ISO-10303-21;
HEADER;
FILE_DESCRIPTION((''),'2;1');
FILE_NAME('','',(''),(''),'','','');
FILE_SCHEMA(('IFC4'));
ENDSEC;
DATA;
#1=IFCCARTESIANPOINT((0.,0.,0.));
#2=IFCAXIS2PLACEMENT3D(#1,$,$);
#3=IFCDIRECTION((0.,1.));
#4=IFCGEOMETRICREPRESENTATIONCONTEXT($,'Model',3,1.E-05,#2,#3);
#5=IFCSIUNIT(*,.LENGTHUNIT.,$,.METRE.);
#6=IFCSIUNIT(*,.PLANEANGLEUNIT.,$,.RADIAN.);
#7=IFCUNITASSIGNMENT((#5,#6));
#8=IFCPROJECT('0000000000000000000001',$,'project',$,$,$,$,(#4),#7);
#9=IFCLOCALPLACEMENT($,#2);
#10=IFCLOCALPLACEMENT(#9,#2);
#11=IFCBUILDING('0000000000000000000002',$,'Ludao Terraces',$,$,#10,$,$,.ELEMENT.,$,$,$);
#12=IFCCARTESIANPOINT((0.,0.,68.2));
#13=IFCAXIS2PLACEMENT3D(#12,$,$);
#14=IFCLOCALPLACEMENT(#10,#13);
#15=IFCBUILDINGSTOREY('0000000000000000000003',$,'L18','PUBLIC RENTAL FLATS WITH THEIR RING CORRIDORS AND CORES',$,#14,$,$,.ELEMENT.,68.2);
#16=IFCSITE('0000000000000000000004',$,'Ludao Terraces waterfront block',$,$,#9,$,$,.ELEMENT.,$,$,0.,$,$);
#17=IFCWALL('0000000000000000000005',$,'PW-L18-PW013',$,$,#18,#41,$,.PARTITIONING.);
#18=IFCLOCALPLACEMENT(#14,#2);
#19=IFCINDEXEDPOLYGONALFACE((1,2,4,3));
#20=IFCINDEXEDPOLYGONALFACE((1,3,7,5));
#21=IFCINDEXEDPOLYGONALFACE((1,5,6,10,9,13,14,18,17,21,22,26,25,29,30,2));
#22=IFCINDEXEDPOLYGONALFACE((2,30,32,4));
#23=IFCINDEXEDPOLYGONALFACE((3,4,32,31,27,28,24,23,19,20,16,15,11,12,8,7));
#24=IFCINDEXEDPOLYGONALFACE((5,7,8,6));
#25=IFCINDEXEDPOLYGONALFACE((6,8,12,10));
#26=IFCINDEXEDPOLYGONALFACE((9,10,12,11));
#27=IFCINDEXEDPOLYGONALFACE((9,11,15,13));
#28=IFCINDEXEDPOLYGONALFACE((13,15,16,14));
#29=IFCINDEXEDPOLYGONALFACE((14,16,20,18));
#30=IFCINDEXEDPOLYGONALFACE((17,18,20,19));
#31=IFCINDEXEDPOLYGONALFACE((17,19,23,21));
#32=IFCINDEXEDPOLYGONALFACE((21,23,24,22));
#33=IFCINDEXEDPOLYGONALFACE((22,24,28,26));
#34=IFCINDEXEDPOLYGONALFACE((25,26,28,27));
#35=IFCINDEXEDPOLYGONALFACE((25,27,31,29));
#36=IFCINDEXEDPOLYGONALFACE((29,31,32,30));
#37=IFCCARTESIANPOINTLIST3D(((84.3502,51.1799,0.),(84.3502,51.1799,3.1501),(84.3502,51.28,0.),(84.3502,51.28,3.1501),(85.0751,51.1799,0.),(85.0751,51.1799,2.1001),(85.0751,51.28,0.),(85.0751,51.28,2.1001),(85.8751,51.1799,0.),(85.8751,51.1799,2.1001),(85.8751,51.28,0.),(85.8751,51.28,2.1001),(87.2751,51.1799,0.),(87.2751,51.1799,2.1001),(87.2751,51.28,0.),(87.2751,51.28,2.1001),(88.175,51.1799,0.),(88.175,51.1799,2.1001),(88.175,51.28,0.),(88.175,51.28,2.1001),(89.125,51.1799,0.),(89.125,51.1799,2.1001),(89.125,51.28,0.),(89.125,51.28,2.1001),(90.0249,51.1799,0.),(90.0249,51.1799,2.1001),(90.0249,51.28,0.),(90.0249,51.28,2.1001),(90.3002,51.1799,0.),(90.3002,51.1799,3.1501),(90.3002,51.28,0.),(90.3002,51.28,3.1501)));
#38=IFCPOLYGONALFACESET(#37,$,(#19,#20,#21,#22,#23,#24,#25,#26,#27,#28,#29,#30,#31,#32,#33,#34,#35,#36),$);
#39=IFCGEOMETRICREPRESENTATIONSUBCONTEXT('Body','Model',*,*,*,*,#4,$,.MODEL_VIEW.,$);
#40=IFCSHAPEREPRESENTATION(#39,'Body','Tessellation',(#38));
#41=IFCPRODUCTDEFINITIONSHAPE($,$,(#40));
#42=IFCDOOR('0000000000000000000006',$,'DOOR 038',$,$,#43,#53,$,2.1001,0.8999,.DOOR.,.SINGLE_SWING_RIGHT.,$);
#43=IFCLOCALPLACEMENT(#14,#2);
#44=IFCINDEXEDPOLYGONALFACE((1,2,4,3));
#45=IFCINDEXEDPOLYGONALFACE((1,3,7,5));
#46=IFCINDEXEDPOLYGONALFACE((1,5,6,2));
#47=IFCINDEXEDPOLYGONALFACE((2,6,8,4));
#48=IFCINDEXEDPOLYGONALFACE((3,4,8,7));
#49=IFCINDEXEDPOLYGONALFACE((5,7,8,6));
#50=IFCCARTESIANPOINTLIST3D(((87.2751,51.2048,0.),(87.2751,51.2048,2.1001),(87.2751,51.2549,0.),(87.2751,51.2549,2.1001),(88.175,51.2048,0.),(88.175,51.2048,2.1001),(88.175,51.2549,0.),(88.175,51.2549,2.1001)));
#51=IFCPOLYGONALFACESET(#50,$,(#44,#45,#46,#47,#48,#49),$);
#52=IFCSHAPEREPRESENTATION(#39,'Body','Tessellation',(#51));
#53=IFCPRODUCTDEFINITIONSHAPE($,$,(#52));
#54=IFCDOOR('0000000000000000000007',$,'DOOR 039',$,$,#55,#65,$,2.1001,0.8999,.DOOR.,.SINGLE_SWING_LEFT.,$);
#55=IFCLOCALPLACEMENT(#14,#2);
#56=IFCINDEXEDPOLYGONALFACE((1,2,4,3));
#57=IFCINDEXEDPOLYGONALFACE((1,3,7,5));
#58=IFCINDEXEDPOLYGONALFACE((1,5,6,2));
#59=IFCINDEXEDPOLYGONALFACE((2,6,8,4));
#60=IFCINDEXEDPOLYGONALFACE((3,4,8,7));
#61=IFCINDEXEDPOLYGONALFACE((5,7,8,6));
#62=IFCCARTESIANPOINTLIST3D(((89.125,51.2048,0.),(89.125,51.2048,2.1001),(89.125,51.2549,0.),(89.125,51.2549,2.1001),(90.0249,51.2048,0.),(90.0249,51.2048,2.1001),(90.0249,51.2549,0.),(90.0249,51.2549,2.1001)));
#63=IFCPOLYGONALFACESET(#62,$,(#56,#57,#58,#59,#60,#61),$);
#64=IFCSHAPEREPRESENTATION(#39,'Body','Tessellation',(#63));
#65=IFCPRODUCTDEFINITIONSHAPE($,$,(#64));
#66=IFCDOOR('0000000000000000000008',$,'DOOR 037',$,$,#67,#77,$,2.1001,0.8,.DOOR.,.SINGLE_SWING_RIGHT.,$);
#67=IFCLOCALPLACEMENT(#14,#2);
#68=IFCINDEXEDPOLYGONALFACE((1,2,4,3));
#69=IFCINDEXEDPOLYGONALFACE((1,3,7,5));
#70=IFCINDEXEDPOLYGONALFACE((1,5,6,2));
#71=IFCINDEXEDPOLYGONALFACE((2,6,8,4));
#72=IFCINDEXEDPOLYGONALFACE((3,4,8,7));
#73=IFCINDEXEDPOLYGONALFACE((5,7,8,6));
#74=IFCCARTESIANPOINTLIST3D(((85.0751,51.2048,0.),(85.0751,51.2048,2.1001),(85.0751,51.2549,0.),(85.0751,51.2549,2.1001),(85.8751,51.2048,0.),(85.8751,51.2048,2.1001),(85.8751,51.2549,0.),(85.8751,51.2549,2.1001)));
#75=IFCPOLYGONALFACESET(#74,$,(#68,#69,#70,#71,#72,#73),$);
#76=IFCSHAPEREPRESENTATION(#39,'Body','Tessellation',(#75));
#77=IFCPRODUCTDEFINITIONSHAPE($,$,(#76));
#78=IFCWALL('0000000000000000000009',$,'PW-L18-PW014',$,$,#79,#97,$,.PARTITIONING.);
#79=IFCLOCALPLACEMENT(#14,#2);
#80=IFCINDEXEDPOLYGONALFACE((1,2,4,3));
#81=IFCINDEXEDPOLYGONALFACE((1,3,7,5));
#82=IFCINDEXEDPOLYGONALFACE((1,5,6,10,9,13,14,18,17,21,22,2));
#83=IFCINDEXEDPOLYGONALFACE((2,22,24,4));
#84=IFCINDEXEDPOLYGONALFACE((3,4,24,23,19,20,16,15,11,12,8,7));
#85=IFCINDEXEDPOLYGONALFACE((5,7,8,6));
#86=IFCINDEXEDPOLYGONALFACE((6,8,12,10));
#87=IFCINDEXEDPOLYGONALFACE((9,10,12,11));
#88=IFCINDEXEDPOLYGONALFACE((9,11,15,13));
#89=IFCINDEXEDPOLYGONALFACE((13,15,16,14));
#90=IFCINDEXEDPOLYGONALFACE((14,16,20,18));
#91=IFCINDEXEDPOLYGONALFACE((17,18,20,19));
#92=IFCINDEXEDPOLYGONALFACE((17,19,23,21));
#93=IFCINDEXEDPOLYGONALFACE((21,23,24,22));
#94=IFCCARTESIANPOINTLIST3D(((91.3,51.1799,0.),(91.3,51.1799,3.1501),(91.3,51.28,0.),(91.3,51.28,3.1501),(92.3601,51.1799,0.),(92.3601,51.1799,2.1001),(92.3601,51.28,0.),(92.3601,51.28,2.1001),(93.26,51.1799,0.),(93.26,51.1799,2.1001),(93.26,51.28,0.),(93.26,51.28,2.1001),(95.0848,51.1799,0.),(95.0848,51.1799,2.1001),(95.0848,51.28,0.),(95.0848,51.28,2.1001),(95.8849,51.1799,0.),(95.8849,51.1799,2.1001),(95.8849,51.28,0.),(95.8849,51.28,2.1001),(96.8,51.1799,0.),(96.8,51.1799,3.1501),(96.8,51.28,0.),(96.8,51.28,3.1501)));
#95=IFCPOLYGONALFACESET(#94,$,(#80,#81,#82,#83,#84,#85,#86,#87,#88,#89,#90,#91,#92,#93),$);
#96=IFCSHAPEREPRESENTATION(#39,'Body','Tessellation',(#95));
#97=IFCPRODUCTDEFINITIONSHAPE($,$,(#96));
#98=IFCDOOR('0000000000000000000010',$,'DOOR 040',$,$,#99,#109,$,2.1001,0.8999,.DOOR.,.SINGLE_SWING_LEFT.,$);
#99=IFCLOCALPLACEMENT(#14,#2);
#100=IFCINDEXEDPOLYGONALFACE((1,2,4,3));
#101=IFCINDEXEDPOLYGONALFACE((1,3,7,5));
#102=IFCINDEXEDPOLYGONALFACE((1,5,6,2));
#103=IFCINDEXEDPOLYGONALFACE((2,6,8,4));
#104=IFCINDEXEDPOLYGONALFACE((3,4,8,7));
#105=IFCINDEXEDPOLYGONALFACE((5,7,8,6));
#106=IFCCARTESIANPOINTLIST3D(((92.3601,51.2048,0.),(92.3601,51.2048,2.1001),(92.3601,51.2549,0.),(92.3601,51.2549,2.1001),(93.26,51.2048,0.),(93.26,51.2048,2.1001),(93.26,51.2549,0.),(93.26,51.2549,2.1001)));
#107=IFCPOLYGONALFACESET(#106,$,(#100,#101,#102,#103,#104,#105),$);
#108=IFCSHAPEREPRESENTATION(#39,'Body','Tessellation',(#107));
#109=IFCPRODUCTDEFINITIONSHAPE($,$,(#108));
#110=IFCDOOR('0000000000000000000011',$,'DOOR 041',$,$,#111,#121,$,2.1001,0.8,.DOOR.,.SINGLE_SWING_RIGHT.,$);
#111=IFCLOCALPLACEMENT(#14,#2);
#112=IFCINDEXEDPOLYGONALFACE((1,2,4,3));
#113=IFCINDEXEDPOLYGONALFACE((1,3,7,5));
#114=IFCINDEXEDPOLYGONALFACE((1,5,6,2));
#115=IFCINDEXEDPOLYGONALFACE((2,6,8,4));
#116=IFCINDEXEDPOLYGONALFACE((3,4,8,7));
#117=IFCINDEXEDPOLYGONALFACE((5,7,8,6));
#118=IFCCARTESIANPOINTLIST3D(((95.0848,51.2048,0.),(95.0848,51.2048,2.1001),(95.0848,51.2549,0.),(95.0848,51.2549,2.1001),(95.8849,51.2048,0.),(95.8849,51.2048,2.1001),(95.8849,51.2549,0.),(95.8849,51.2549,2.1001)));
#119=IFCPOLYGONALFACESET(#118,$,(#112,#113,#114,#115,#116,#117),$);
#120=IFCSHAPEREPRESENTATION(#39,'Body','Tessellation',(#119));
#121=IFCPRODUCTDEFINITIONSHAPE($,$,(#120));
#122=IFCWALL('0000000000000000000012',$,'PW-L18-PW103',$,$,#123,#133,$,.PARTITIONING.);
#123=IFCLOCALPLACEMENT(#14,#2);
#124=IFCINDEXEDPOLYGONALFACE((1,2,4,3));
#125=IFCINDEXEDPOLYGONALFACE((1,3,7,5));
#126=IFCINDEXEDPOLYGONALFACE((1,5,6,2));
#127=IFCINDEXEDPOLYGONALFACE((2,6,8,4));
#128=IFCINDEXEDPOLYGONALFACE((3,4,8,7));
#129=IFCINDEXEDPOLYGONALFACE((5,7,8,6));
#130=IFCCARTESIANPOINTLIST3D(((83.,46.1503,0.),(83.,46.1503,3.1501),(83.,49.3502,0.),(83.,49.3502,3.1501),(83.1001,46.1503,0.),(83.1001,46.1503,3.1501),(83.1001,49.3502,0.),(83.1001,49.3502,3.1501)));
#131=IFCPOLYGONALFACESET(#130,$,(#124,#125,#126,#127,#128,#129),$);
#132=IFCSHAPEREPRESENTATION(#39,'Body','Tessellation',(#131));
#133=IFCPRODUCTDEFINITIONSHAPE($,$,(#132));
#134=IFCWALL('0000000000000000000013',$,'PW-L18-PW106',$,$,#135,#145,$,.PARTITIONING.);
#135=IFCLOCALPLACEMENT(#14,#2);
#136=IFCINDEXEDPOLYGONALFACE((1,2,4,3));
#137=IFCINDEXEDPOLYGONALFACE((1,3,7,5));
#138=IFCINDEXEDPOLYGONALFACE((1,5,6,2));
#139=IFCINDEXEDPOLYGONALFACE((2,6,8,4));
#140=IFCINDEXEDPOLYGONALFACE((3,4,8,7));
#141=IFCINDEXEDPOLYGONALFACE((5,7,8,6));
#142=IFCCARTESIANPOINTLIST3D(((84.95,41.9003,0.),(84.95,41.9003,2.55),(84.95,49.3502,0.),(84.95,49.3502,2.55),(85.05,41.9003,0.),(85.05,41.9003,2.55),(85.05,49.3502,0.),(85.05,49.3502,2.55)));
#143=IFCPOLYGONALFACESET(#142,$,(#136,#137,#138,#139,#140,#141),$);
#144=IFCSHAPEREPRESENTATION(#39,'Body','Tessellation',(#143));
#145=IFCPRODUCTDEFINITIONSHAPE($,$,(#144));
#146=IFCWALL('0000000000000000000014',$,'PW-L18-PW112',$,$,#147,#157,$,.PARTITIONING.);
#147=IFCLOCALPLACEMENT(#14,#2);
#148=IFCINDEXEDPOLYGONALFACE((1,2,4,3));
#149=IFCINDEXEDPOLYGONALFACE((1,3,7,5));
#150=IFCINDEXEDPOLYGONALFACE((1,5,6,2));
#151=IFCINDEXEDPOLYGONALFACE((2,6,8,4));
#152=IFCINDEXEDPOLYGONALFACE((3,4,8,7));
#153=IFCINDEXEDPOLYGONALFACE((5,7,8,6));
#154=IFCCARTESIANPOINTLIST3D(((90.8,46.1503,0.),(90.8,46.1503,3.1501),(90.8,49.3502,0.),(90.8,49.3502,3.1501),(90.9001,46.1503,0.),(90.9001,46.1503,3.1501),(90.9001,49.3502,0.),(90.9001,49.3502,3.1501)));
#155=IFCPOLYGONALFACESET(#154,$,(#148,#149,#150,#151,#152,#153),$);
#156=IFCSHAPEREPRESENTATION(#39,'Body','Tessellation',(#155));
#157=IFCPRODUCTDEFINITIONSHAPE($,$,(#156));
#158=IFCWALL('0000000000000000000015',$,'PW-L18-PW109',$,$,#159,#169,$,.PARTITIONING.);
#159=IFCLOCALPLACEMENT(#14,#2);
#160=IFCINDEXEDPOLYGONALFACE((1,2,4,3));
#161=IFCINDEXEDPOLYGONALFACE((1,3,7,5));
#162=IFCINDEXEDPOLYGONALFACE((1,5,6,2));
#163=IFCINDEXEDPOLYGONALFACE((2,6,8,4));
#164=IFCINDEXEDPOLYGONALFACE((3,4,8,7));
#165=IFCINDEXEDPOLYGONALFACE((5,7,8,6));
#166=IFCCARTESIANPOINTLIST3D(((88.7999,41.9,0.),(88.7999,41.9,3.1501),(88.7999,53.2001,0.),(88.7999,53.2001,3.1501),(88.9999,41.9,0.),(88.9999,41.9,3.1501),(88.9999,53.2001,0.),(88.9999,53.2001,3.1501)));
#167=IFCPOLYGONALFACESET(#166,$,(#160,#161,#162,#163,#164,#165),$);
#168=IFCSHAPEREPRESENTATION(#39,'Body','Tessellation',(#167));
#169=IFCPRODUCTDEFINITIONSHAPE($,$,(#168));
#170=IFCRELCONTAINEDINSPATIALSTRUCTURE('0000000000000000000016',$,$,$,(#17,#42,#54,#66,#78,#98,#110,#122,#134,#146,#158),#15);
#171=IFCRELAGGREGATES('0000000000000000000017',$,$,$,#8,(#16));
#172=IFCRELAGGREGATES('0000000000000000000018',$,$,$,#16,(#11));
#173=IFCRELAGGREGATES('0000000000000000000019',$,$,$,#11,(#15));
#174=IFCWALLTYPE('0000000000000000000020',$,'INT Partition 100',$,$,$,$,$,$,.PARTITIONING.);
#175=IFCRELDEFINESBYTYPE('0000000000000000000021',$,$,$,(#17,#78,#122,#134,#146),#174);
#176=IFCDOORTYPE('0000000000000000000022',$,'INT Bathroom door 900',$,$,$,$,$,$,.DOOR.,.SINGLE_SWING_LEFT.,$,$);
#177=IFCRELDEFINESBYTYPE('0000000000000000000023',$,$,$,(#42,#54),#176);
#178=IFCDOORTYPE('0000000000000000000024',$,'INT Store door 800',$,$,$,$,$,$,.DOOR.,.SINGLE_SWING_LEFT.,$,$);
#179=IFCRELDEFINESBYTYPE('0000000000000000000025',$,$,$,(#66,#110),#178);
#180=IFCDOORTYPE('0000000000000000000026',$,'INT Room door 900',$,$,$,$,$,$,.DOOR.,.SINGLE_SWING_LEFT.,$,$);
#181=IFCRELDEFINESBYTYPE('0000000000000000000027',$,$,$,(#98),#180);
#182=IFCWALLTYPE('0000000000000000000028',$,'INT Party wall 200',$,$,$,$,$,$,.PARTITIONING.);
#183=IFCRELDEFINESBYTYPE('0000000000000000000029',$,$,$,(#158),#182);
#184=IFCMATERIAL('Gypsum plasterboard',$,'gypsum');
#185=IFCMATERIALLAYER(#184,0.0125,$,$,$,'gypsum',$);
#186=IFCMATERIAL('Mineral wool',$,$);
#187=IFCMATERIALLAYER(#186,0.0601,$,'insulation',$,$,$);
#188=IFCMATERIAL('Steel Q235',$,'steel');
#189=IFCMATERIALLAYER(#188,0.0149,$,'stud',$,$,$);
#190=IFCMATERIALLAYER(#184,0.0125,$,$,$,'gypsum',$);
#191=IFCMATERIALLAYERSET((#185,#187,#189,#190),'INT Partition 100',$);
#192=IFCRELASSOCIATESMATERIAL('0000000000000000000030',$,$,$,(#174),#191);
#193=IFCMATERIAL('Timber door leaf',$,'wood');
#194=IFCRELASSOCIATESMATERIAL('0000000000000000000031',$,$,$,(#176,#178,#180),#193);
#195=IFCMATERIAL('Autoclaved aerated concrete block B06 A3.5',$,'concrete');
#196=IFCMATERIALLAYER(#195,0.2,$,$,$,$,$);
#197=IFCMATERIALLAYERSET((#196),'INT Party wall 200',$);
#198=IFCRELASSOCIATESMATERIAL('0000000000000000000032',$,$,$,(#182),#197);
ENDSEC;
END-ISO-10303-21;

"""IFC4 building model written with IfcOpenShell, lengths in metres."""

from ifc_helpers import new_model, si_unit, direction, frame, frame_2d, origin, place, context, subcontext, project, spatial, rectangle, extrude, material, layer, layer_set, type_object, element, fill, save


model = new_model("IFC4")

# Units and contexts
model_context = context("Model", 3, precision=1e-05, world=origin(), true_north=direction((0.0, 1.0)))
body_context = subcontext(model_context, "Body", "Model", "MODEL_VIEW")
ifc_project = project(units=[si_unit("LENGTHUNIT", "METRE"), si_unit("PLANEANGLEUNIT", "RADIAN")], contexts=[model_context])

# Site, building, storey
site_placement = place(None, origin())
site = spatial("IfcSite", under=ifc_project, at=site_placement, Name="Ludao Terraces waterfront block", CompositionType="ELEMENT", RefElevation=0.0)
building_placement = place(site_placement, origin())
building = spatial("IfcBuilding", under=site, at=building_placement, Name="Ludao Terraces", CompositionType="ELEMENT")
storey_placement = place(building_placement, frame((0.0, 0.0, 68.2)))
storey = spatial("IfcBuildingStorey", under=building, at=storey_placement, Name="L18", Description="PUBLIC RENTAL FLATS WITH THEIR RING CORRIDORS AND CORES", CompositionType="ELEMENT", Elevation=68.2)

# Shared definitions
ifc_material_1 = material(Name="Mineral wool")

# Walls, openings, doors
ifc_material_2 = material(Name="Gypsum plasterboard", Category="gypsum")
ifc_layer_1 = layer(ifc_material_2, 0.0125, Category="gypsum")
ifc_layer_2 = layer(ifc_material_1, 0.0601, Name="insulation")
ifc_material_3 = material(Name="Steel Q235", Category="steel")
ifc_layer_3 = layer(ifc_material_3, 0.0149, Name="stud")
ifc_layer_4 = layer(ifc_material_2, 0.0125, Category="gypsum")
ifc_layer_set_1 = layer_set([ifc_layer_1, ifc_layer_2, ifc_layer_3, ifc_layer_4], Name="INT Partition 100")
wall_type_1 = type_object("IfcWallType", Name="INT Partition 100", PredefinedType="PARTITIONING", material=ifc_layer_set_1)
wall_1_placement = place(storey_placement, frame((84.3501, 51.23, 0.0), z_axis=(0.0, 0.0, 1.0), x_axis=(1.0, 0.0, 0.0)))
wall_1 = element("IfcWall", 1, at=wall_1_placement, inside=storey, type_object=wall_type_1, Name="PW-L18-PW013", PredefinedType="PARTITIONING", context=body_context, shape_type="SweptSolid", body=[
    extrude(rectangle(XDim=5.95, YDim=0.1001, at=frame_2d((2.9751, 0.0))), origin(), (0.0, 0.0, 1.0), 3.1501),
])
opening_1_placement = place(wall_1_placement, frame((0.7251, 0.0, 0.0)))
opening_1 = element("IfcOpeningElement", 2, at=opening_1_placement, cuts=wall_1, PredefinedType="OPENING", context=body_context, shape_type="SweptSolid", body=[
    extrude(rectangle(XDim=0.8, YDim=2.1001, at=frame_2d((0.3999, 1.05))), frame((0.0, 0.0601, 0.0), z_axis=(0.0, -1.0, 0.0), x_axis=(1.0, 0.0, 0.0)), (0.0, 0.0, 1.0), 0.1201),
])
opening_2_placement = place(wall_1_placement, frame((2.925, 0.0, 0.0)))
opening_2 = element("IfcOpeningElement", 3, at=opening_2_placement, cuts=wall_1, PredefinedType="OPENING", context=body_context, shape_type="SweptSolid", body=[
    extrude(rectangle(XDim=0.8999, YDim=2.1001, at=frame_2d((0.45, 1.05))), frame((0.0, 0.0601, 0.0), z_axis=(0.0, -1.0, 0.0), x_axis=(1.0, 0.0, 0.0)), (0.0, 0.0, 1.0), 0.1201),
])
opening_3_placement = place(wall_1_placement, frame((4.7749, 0.0, 0.0)))
opening_3 = element("IfcOpeningElement", 4, at=opening_3_placement, cuts=wall_1, PredefinedType="OPENING", context=body_context, shape_type="SweptSolid", body=[
    extrude(rectangle(XDim=0.8999, YDim=2.1001, at=frame_2d((0.45, 1.05))), frame((0.0, 0.0601, 0.0), z_axis=(0.0, -1.0, 0.0), x_axis=(1.0, 0.0, 0.0)), (0.0, 0.0, 1.0), 0.1201),
])
ifc_material_4 = material(Name="Timber door leaf", Category="wood")
door_type_1 = type_object("IfcDoorType", Name="INT Bathroom door 900", OperationType="SINGLE_SWING_LEFT", PredefinedType="DOOR", material=ifc_material_4)
door_1_placement = place(opening_2_placement, origin())
door_1 = element("IfcDoor", 5, at=door_1_placement, inside=storey, type_object=door_type_1, Name="DOOR 038", OperationType="SINGLE_SWING_RIGHT", OverallHeight=2.1001, OverallWidth=0.8999, PredefinedType="DOOR", context=body_context, shape_type="SweptSolid", body=[
    extrude(rectangle(XDim=0.8999, YDim=2.1001, at=frame_2d((0.45, 1.05))), frame((0.0, 0.0249, 0.0), z_axis=(0.0, -1.0, 0.0), x_axis=(1.0, 0.0, 0.0)), (0.0, 0.0, 1.0), 0.05),
])
fill(opening_2, door_1)
door_2_placement = place(opening_3_placement, origin())
door_2 = element("IfcDoor", 6, at=door_2_placement, inside=storey, type_object=door_type_1, Name="DOOR 039", OperationType="SINGLE_SWING_LEFT", OverallHeight=2.1001, OverallWidth=0.8999, PredefinedType="DOOR", context=body_context, shape_type="SweptSolid", body=[
    extrude(rectangle(XDim=0.8999, YDim=2.1001, at=frame_2d((0.45, 1.05))), frame((0.0, 0.0249, 0.0), z_axis=(0.0, -1.0, 0.0), x_axis=(1.0, 0.0, 0.0)), (0.0, 0.0, 1.0), 0.05),
])
fill(opening_3, door_2)
door_type_2 = type_object("IfcDoorType", Name="INT Store door 800", OperationType="SINGLE_SWING_LEFT", PredefinedType="DOOR", material=ifc_material_4)
door_3_placement = place(opening_1_placement, origin())
door_3 = element("IfcDoor", 7, at=door_3_placement, inside=storey, type_object=door_type_2, Name="DOOR 037", OperationType="SINGLE_SWING_RIGHT", OverallHeight=2.1001, OverallWidth=0.8, PredefinedType="DOOR", context=body_context, shape_type="SweptSolid", body=[
    extrude(rectangle(XDim=0.8, YDim=2.1001, at=frame_2d((0.3999, 1.05))), frame((0.0, 0.0249, 0.0), z_axis=(0.0, -1.0, 0.0), x_axis=(1.0, 0.0, 0.0)), (0.0, 0.0, 1.0), 0.05),
])
fill(opening_1, door_3)
wall_2_placement = place(storey_placement, frame((91.3, 51.23, 0.0), z_axis=(0.0, 0.0, 1.0), x_axis=(1.0, 0.0, 0.0)))
wall_2 = element("IfcWall", 8, at=wall_2_placement, inside=storey, type_object=wall_type_1, Name="PW-L18-PW014", PredefinedType="PARTITIONING", context=body_context, shape_type="SweptSolid", body=[
    extrude(rectangle(XDim=5.5, YDim=0.1001, at=frame_2d((2.75, 0.0))), origin(), (0.0, 0.0, 1.0), 3.1501),
])
opening_4_placement = place(wall_2_placement, frame((1.0601, 0.0, 0.0)))
opening_4 = element("IfcOpeningElement", 9, at=opening_4_placement, cuts=wall_2, PredefinedType="OPENING", context=body_context, shape_type="SweptSolid", body=[
    extrude(rectangle(XDim=0.8999, YDim=2.1001, at=frame_2d((0.45, 1.05))), frame((0.0, 0.0601, 0.0), z_axis=(0.0, -1.0, 0.0), x_axis=(1.0, 0.0, 0.0)), (0.0, 0.0, 1.0), 0.1201),
])
opening_5_placement = place(wall_2_placement, frame((3.7849, 0.0, 0.0)))
opening_5 = element("IfcOpeningElement", 10, at=opening_5_placement, cuts=wall_2, PredefinedType="OPENING", context=body_context, shape_type="SweptSolid", body=[
    extrude(rectangle(XDim=0.8, YDim=2.1001, at=frame_2d((0.3999, 1.05))), frame((0.0, 0.0601, 0.0), z_axis=(0.0, -1.0, 0.0), x_axis=(1.0, 0.0, 0.0)), (0.0, 0.0, 1.0), 0.1201),
])
door_type_3 = type_object("IfcDoorType", Name="INT Room door 900", OperationType="SINGLE_SWING_LEFT", PredefinedType="DOOR", material=ifc_material_4)
door_4_placement = place(opening_4_placement, origin())
door_4 = element("IfcDoor", 11, at=door_4_placement, inside=storey, type_object=door_type_3, Name="DOOR 040", OperationType="SINGLE_SWING_LEFT", OverallHeight=2.1001, OverallWidth=0.8999, PredefinedType="DOOR", context=body_context, shape_type="SweptSolid", body=[
    extrude(rectangle(XDim=0.8999, YDim=2.1001, at=frame_2d((0.45, 1.05))), frame((0.0, 0.0249, 0.0), z_axis=(0.0, -1.0, 0.0), x_axis=(1.0, 0.0, 0.0)), (0.0, 0.0, 1.0), 0.05),
])
fill(opening_4, door_4)
door_5_placement = place(opening_5_placement, origin())
door_5 = element("IfcDoor", 12, at=door_5_placement, inside=storey, type_object=door_type_2, Name="DOOR 041", OperationType="SINGLE_SWING_RIGHT", OverallHeight=2.1001, OverallWidth=0.8, PredefinedType="DOOR", context=body_context, shape_type="SweptSolid", body=[
    extrude(rectangle(XDim=0.8, YDim=2.1001, at=frame_2d((0.3999, 1.05))), frame((0.0, 0.0249, 0.0), z_axis=(0.0, -1.0, 0.0), x_axis=(1.0, 0.0, 0.0)), (0.0, 0.0, 1.0), 0.05),
])
fill(opening_5, door_5)

# Walls
wall_3_placement = place(storey_placement, frame((83.05, 46.1501, 0.0), z_axis=(0.0, 0.0, 1.0), x_axis=(0.0, 1.0, 0.0)))
element("IfcWall", 13, at=wall_3_placement, inside=storey, type_object=wall_type_1, Name="PW-L18-PW103", PredefinedType="PARTITIONING", context=body_context, shape_type="SweptSolid", body=[
    extrude(rectangle(XDim=3.2, YDim=0.1001, at=frame_2d((1.6001, 0.0))), origin(), (0.0, 0.0, 1.0), 3.1501),
])
wall_4_placement = place(storey_placement, frame((85.0, 41.9001, 0.0), z_axis=(0.0, 0.0, 1.0), x_axis=(0.0, 1.0, 0.0)))
element("IfcWall", 14, at=wall_4_placement, inside=storey, type_object=wall_type_1, Name="PW-L18-PW106", PredefinedType="PARTITIONING", context=body_context, shape_type="SweptSolid", body=[
    extrude(rectangle(XDim=7.45, YDim=0.1001, at=frame_2d((3.7251, 0.0))), origin(), (0.0, 0.0, 1.0), 2.55),
])
wall_5_placement = place(storey_placement, frame((90.8501, 46.1501, 0.0), z_axis=(0.0, 0.0, 1.0), x_axis=(0.0, 1.0, 0.0)))
element("IfcWall", 15, at=wall_5_placement, inside=storey, type_object=wall_type_1, Name="PW-L18-PW112", PredefinedType="PARTITIONING", context=body_context, shape_type="SweptSolid", body=[
    extrude(rectangle(XDim=3.2, YDim=0.1001, at=frame_2d((1.6001, 0.0))), origin(), (0.0, 0.0, 1.0), 3.1501),
])
ifc_material_5 = material(Name="Autoclaved aerated concrete block B06 A3.5", Category="concrete")
ifc_layer_5 = layer(ifc_material_5, 0.2)
ifc_layer_set_2 = layer_set([ifc_layer_5], Name="INT Party wall 200")
wall_type_2 = type_object("IfcWallType", Name="INT Party wall 200", PredefinedType="PARTITIONING", material=ifc_layer_set_2)
wall_6_placement = place(storey_placement, frame((88.8999, 41.9001, 0.0), z_axis=(0.0, 0.0, 1.0), x_axis=(0.0, 1.0, 0.0)))
element("IfcWall", 16, at=wall_6_placement, inside=storey, type_object=wall_type_2, Name="PW-L18-PW109", PredefinedType="PARTITIONING", context=body_context, shape_type="SweptSolid", body=[
    extrude(rectangle(XDim=11.3, YDim=0.2, at=frame_2d((5.6499, 0.0))), origin(), (0.0, 0.0, 1.0), 3.1501),
])

save(model, "model.ifc")
